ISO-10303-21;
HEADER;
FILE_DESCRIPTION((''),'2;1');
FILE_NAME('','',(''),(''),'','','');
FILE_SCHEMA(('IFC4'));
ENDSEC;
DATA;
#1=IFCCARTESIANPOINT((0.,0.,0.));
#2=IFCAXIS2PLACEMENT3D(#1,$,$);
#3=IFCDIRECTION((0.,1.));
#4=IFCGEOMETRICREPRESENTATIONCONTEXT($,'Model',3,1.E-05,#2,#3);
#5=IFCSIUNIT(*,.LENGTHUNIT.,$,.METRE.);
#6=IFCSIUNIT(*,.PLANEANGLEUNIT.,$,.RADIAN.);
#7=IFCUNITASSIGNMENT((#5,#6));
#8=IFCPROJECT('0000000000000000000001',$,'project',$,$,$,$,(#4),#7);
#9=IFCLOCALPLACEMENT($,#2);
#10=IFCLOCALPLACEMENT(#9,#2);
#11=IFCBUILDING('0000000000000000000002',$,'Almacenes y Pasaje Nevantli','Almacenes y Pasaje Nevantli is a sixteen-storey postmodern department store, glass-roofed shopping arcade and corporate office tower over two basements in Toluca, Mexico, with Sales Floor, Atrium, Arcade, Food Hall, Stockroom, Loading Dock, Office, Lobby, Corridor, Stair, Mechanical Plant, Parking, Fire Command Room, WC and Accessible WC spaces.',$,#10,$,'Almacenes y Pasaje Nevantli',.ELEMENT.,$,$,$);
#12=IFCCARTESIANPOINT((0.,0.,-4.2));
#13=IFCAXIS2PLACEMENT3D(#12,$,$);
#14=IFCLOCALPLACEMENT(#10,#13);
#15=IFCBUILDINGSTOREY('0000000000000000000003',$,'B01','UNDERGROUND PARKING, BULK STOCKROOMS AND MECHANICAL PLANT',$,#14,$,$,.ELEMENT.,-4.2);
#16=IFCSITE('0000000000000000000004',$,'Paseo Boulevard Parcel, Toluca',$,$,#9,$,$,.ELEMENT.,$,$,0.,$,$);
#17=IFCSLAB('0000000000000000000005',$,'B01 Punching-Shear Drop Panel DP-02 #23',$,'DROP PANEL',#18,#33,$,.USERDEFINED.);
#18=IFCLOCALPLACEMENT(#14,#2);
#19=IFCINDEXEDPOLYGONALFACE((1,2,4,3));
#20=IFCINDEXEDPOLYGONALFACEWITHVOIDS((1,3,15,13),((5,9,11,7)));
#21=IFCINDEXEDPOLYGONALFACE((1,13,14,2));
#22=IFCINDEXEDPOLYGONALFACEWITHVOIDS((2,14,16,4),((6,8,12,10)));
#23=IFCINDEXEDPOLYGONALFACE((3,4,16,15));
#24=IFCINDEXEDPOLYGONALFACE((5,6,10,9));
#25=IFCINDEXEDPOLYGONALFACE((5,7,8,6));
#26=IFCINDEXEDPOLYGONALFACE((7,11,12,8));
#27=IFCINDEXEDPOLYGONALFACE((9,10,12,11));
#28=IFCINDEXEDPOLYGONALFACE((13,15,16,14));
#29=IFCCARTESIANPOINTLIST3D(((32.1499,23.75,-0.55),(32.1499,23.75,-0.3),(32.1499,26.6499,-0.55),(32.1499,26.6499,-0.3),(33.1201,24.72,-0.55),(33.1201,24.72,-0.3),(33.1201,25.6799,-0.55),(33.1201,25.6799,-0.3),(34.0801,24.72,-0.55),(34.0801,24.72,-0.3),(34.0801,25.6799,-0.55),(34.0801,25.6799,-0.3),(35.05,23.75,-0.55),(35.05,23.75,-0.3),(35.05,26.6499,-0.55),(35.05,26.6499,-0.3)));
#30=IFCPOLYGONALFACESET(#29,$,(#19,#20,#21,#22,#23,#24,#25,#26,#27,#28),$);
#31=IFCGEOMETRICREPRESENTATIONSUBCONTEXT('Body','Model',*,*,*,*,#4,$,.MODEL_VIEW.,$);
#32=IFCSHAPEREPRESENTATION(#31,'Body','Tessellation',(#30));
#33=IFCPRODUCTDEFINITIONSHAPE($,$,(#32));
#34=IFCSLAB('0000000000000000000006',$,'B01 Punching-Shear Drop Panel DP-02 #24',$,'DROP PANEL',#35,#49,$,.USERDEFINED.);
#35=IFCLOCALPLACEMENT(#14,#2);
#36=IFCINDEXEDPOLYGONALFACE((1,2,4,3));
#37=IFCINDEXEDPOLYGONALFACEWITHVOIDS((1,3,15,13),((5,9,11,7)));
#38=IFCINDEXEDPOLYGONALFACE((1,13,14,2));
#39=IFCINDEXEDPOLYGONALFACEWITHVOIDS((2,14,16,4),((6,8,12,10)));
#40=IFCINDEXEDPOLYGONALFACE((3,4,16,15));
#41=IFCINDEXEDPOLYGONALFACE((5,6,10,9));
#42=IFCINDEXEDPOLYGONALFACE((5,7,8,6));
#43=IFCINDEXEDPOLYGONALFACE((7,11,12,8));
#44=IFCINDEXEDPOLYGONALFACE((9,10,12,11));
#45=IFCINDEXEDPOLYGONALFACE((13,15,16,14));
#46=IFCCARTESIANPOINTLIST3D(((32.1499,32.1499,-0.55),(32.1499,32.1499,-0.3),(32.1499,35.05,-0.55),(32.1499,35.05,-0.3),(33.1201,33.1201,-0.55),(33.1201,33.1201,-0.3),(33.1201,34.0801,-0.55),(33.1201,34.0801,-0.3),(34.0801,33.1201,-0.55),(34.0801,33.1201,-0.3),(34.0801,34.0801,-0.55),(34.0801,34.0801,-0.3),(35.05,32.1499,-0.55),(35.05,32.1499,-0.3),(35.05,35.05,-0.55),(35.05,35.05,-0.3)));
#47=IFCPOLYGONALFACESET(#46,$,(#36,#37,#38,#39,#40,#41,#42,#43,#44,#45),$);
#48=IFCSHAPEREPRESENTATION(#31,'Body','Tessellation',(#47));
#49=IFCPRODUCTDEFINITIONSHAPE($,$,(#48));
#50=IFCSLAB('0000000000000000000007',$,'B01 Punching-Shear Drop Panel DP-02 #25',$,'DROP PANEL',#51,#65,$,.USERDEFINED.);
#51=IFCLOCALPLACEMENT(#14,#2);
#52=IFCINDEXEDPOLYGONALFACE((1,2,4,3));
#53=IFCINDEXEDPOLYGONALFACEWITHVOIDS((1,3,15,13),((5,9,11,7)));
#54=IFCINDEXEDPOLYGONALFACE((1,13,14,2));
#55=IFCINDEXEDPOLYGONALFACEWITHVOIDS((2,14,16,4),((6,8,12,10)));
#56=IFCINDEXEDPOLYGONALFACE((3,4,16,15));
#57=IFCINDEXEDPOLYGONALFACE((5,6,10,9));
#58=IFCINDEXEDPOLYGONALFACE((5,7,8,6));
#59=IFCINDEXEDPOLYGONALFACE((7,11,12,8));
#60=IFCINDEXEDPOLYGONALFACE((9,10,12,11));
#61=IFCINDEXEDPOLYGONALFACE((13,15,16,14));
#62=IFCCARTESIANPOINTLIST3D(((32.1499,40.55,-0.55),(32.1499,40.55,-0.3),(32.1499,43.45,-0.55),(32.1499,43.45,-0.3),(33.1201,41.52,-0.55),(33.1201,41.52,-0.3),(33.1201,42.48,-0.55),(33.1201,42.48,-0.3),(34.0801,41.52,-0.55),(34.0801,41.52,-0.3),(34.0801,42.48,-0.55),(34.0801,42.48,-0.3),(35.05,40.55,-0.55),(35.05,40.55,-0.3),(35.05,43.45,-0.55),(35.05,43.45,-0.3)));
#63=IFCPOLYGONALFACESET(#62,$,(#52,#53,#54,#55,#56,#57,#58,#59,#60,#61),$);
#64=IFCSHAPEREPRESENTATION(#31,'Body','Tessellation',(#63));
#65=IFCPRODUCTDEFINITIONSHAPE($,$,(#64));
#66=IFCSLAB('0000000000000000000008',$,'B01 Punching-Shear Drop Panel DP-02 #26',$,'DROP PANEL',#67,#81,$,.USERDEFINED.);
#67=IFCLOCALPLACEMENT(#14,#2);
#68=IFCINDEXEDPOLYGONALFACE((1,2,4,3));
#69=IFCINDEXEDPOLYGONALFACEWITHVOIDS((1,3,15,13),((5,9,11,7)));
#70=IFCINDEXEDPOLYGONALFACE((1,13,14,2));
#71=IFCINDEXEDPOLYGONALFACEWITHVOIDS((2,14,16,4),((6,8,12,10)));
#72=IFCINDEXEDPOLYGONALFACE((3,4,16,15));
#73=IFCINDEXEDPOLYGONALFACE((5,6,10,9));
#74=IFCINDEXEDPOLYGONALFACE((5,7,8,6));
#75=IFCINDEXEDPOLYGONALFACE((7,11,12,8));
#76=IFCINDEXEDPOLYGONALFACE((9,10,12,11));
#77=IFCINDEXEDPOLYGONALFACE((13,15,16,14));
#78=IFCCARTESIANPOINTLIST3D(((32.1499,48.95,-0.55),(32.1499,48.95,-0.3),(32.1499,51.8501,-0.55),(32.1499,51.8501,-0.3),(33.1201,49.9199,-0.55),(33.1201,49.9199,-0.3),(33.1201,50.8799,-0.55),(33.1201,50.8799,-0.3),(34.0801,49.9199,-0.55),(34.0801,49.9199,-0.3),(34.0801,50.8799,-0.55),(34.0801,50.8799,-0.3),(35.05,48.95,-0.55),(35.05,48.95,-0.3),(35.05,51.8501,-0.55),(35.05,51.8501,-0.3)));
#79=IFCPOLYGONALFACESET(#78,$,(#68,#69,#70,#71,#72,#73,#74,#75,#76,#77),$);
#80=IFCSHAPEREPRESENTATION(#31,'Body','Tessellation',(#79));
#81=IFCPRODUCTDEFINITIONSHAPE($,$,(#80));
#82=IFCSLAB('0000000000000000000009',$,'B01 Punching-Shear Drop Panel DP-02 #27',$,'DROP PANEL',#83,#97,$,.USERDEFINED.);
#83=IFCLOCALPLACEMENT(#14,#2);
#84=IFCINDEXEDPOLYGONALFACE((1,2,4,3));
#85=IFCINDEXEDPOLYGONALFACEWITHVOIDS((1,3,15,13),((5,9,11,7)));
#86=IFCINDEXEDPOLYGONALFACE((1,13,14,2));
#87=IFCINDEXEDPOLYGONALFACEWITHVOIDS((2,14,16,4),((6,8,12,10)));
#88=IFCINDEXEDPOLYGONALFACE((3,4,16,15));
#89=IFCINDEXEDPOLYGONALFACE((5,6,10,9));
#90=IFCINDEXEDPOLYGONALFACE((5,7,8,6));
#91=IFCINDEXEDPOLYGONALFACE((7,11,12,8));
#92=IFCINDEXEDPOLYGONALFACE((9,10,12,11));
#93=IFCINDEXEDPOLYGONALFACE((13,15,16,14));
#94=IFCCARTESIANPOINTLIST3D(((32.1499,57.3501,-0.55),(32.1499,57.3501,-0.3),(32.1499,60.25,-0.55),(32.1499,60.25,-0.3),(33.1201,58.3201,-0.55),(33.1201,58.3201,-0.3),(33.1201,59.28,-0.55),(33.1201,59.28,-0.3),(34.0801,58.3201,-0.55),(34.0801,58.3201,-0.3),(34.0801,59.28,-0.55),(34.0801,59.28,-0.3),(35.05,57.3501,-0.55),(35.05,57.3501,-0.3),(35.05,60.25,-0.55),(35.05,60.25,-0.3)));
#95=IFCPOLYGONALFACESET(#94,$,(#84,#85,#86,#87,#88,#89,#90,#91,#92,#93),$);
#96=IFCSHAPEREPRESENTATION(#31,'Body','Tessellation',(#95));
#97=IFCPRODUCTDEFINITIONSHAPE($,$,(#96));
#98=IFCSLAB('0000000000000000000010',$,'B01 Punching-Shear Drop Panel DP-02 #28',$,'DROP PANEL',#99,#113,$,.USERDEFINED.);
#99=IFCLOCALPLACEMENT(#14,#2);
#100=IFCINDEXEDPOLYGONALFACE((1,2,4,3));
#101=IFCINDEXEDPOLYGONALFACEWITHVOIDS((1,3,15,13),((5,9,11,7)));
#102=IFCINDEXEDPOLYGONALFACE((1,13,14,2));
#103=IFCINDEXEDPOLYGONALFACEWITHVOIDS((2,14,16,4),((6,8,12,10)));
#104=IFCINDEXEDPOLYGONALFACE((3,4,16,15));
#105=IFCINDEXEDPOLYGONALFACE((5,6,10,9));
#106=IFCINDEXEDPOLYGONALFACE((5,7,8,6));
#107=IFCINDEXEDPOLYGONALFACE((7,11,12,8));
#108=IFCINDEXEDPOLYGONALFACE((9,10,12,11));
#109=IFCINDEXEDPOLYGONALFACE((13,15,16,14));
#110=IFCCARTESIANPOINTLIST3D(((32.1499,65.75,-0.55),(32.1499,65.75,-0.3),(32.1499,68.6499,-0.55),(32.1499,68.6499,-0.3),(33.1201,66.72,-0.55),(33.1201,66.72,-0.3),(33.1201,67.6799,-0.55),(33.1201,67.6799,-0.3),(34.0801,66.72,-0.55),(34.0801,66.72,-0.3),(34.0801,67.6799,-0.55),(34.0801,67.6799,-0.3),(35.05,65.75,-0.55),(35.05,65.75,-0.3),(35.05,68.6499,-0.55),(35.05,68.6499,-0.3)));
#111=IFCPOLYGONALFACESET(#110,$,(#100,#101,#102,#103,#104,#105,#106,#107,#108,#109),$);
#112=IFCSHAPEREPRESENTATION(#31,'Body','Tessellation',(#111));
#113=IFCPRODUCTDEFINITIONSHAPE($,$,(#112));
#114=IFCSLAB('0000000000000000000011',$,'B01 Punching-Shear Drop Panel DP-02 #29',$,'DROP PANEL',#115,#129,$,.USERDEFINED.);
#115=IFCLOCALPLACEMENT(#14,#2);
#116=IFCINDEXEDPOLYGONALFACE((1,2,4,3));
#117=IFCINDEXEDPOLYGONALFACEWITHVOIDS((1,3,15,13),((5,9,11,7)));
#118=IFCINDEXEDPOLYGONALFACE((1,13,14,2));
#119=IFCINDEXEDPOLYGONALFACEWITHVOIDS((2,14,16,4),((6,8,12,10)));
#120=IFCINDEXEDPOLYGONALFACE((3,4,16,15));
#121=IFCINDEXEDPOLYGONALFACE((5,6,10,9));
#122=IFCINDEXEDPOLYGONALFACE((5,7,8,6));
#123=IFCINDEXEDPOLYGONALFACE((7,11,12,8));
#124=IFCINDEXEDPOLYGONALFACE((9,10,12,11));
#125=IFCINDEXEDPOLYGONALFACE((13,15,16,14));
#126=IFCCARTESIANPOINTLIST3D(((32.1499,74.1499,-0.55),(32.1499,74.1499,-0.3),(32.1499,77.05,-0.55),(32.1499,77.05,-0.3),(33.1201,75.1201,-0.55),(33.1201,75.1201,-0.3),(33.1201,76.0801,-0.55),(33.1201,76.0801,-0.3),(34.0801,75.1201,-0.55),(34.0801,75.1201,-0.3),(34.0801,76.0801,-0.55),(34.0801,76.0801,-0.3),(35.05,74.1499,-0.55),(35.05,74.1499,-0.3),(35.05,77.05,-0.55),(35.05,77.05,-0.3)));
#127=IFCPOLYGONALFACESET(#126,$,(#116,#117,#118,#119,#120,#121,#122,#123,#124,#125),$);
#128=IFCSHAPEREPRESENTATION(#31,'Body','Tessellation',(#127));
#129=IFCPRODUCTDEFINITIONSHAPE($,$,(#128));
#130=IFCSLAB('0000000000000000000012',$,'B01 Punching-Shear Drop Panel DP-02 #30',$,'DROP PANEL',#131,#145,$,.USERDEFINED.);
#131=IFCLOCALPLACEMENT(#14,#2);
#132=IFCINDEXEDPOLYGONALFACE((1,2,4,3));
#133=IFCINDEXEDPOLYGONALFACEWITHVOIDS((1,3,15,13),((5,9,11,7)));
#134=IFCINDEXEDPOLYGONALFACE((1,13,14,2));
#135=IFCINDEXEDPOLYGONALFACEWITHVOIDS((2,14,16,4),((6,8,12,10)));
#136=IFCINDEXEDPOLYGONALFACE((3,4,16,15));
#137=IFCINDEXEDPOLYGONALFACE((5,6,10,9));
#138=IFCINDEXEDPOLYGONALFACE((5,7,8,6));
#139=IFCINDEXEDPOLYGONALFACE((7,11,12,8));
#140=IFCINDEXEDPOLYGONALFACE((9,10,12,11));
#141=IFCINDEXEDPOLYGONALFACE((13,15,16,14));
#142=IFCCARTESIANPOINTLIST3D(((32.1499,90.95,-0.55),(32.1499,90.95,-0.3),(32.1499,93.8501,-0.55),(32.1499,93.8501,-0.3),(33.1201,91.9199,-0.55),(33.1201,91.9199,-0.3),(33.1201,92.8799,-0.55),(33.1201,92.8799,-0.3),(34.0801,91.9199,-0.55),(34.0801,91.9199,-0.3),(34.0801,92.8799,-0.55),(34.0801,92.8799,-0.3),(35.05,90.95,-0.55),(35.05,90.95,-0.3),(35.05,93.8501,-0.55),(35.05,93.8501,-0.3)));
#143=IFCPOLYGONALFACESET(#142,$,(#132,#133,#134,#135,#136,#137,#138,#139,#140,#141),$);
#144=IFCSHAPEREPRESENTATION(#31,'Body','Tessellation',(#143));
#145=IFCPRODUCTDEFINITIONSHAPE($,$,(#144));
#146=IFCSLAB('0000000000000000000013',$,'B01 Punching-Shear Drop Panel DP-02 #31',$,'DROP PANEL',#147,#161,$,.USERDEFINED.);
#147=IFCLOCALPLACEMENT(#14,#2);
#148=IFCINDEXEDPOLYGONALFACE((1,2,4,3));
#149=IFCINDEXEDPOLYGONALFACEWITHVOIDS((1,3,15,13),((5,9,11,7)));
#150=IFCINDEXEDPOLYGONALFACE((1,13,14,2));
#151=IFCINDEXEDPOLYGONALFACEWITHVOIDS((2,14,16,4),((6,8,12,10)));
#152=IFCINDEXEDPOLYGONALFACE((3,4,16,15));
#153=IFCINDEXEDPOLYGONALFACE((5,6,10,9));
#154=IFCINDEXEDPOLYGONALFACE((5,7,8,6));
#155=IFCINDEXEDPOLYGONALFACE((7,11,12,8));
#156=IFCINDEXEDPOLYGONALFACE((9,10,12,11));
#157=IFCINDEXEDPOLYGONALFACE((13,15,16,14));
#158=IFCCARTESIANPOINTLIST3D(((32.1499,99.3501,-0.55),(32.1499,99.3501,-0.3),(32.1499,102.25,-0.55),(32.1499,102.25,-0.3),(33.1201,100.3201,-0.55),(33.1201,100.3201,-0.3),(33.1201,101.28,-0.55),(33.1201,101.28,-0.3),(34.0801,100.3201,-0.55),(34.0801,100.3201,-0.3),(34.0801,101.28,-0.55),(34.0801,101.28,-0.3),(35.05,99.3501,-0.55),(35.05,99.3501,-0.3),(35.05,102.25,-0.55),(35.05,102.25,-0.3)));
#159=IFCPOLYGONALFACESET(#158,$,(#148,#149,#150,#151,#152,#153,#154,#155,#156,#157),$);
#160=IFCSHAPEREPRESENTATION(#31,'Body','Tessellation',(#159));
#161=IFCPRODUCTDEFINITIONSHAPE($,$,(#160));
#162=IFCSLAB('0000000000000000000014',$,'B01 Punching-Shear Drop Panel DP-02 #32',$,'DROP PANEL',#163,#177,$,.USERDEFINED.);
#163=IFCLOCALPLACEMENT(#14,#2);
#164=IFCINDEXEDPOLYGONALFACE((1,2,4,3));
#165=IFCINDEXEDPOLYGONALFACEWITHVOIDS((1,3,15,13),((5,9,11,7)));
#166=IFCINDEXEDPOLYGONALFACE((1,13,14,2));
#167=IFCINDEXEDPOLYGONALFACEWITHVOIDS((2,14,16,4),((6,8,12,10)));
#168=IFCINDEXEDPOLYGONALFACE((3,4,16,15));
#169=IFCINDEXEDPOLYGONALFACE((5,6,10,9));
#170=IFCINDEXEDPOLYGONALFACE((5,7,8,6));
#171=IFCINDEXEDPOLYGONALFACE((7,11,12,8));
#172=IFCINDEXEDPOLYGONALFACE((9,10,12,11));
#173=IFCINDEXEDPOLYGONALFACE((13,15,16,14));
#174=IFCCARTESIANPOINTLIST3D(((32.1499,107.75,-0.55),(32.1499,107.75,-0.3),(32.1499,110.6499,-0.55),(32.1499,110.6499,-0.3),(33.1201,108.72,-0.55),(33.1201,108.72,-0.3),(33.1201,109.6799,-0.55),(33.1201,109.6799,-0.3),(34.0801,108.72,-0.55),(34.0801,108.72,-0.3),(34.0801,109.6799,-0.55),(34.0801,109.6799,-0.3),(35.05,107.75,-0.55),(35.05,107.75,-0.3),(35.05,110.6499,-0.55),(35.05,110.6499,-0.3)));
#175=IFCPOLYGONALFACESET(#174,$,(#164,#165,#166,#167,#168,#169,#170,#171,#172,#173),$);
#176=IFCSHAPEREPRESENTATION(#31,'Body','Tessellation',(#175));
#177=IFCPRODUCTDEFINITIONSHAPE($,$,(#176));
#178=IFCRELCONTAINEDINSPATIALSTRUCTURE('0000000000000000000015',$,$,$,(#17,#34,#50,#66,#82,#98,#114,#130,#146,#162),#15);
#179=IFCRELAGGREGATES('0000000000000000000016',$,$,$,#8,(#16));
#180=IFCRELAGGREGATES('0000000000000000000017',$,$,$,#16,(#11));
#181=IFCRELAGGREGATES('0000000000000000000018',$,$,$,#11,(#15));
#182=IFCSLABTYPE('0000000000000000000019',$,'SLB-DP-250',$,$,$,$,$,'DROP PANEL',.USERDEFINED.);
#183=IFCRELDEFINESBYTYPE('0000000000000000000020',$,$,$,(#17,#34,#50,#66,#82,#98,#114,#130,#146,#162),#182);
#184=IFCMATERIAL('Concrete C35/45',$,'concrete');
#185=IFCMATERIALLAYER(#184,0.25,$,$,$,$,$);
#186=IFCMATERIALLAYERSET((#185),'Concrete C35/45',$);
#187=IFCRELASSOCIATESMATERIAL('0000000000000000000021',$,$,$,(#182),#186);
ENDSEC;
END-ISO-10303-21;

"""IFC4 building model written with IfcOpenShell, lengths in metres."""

from ifc_helpers import new_model, si_unit, direction, frame, origin, place, context, subcontext, project, spatial, polyline, outline, extrude, material, layer, layer_set, type_object, element, save


model = new_model("IFC4")

# Units and contexts
model_context = context("Model", 3, precision=1e-05, world=origin(), true_north=direction((0.0, 1.0)))
body_context = subcontext(model_context, "Body", "Model", "MODEL_VIEW")
ifc_project = project(units=[si_unit("LENGTHUNIT", "METRE"), si_unit("PLANEANGLEUNIT", "RADIAN")], contexts=[model_context])

# Site, building, storey
site_placement = place(None, origin())
site = spatial("IfcSite", under=ifc_project, at=site_placement, Name="Paseo Boulevard Parcel, Toluca", CompositionType="ELEMENT", RefElevation=0.0)
building_placement = place(site_placement, origin())
building = spatial("IfcBuilding", under=site, at=building_placement, Name="Almacenes y Pasaje Nevantli", Description="Almacenes y Pasaje Nevantli is a sixteen-storey postmodern department store, glass-roofed shopping arcade and corporate office tower over two basements in Toluca, Mexico, with Sales Floor, Atrium, Arcade, Food Hall, Stockroom, Loading Dock, Office, Lobby, Corridor, Stair, Mechanical Plant, Parking, Fire Command Room, WC and Accessible WC spaces.", LongName="Almacenes y Pasaje Nevantli", CompositionType="ELEMENT")
storey_placement = place(building_placement, frame((0.0, 0.0, -4.2)))
storey = spatial("IfcBuildingStorey", under=building, at=storey_placement, Name="B01", Description="UNDERGROUND PARKING, BULK STOCKROOMS AND MECHANICAL PLANT", CompositionType="ELEMENT", Elevation=-4.2)

# Slabs
ifc_material = material(Name="Concrete C35/45", Category="concrete")
ifc_layer = layer(ifc_material, 0.25)
ifc_layer_set = layer_set([ifc_layer], Name="Concrete C35/45")
slab_type = type_object("IfcSlabType", Name="SLB-DP-250", ElementType="DROP PANEL", PredefinedType="USERDEFINED", material=ifc_layer_set)
slab_1_placement = place(storey_placement, frame((0.0, 0.0, -0.55)))
element("IfcSlab", 1, at=slab_1_placement, inside=storey, type_object=slab_type, Name="B01 Punching-Shear Drop Panel DP-02 #23", ObjectType="DROP PANEL", PredefinedType="USERDEFINED", context=body_context, shape_type="SweptSolid", body=[
    extrude(outline(polyline([(32.1499, 23.75), (35.05, 23.75), (35.05, 26.6499), (32.1499, 26.6499), (32.1499, 23.75)]), holes=[polyline([(33.1201, 24.72), (34.0801, 24.72), (34.0801, 25.6799), (33.1201, 25.6799), (33.1201, 24.72)])]), origin(), (0.0, 0.0, 1.0), 0.25),
])
slab_2_placement = place(storey_placement, frame((0.0, 0.0, -0.55)))
element("IfcSlab", 2, at=slab_2_placement, inside=storey, type_object=slab_type, Name="B01 Punching-Shear Drop Panel DP-02 #24", ObjectType="DROP PANEL", PredefinedType="USERDEFINED", context=body_context, shape_type="SweptSolid", body=[
    extrude(outline(polyline([(32.1499, 32.1499), (35.05, 32.1499), (35.05, 35.05), (32.1499, 35.05), (32.1499, 32.1499)]), holes=[polyline([(33.1201, 33.1201), (34.0801, 33.1201), (34.0801, 34.0801), (33.1201, 34.0801), (33.1201, 33.1201)])]), origin(), (0.0, 0.0, 1.0), 0.25),
])
slab_3_placement = place(storey_placement, frame((0.0, 0.0, -0.55)))
element("IfcSlab", 3, at=slab_3_placement, inside=storey, type_object=slab_type, Name="B01 Punching-Shear Drop Panel DP-02 #25", ObjectType="DROP PANEL", PredefinedType="USERDEFINED", context=body_context, shape_type="SweptSolid", body=[
    extrude(outline(polyline([(32.1499, 40.55), (35.05, 40.55), (35.05, 43.45), (32.1499, 43.45), (32.1499, 40.55)]), holes=[polyline([(33.1201, 41.52), (34.0801, 41.52), (34.0801, 42.48), (33.1201, 42.48), (33.1201, 41.52)])]), origin(), (0.0, 0.0, 1.0), 0.25),
])
slab_4_placement = place(storey_placement, frame((0.0, 0.0, -0.55)))
element("IfcSlab", 4, at=slab_4_placement, inside=storey, type_object=slab_type, Name="B01 Punching-Shear Drop Panel DP-02 #26", ObjectType="DROP PANEL", PredefinedType="USERDEFINED", context=body_context, shape_type="SweptSolid", body=[
    extrude(outline(polyline([(32.1499, 48.95), (35.05, 48.95), (35.05, 51.8501), (32.1499, 51.8501), (32.1499, 48.95)]), holes=[polyline([(33.1201, 49.9199), (34.0801, 49.9199), (34.0801, 50.8799), (33.1201, 50.8799), (33.1201, 49.9199)])]), origin(), (0.0, 0.0, 1.0), 0.25),
])
slab_5_placement = place(storey_placement, frame((0.0, 0.0, -0.55)))
element("IfcSlab", 5, at=slab_5_placement, inside=storey, type_object=slab_type, Name="B01 Punching-Shear Drop Panel DP-02 #27", ObjectType="DROP PANEL", PredefinedType="USERDEFINED", context=body_context, shape_type="SweptSolid", body=[
    extrude(outline(polyline([(32.1499, 57.3501), (35.05, 57.3501), (35.05, 60.25), (32.1499, 60.25), (32.1499, 57.3501)]), holes=[polyline([(33.1201, 58.3201), (34.0801, 58.3201), (34.0801, 59.28), (33.1201, 59.28), (33.1201, 58.3201)])]), origin(), (0.0, 0.0, 1.0), 0.25),
])
slab_6_placement = place(storey_placement, frame((0.0, 0.0, -0.55)))
element("IfcSlab", 6, at=slab_6_placement, inside=storey, type_object=slab_type, Name="B01 Punching-Shear Drop Panel DP-02 #28", ObjectType="DROP PANEL", PredefinedType="USERDEFINED", context=body_context, shape_type="SweptSolid", body=[
    extrude(outline(polyline([(32.1499, 65.75), (35.05, 65.75), (35.05, 68.6499), (32.1499, 68.6499), (32.1499, 65.75)]), holes=[polyline([(33.1201, 66.72), (34.0801, 66.72), (34.0801, 67.6799), (33.1201, 67.6799), (33.1201, 66.72)])]), origin(), (0.0, 0.0, 1.0), 0.25),
])
slab_7_placement = place(storey_placement, frame((0.0, 0.0, -0.55)))
element("IfcSlab", 7, at=slab_7_placement, inside=storey, type_object=slab_type, Name="B01 Punching-Shear Drop Panel DP-02 #29", ObjectType="DROP PANEL", PredefinedType="USERDEFINED", context=body_context, shape_type="SweptSolid", body=[
    extrude(outline(polyline([(32.1499, 74.1499), (35.05, 74.1499), (35.05, 77.05), (32.1499, 77.05), (32.1499, 74.1499)]), holes=[polyline([(33.1201, 75.1201), (34.0801, 75.1201), (34.0801, 76.0801), (33.1201, 76.0801), (33.1201, 75.1201)])]), origin(), (0.0, 0.0, 1.0), 0.25),
])
slab_8_placement = place(storey_placement, frame((0.0, 0.0, -0.55)))
element("IfcSlab", 8, at=slab_8_placement, inside=storey, type_object=slab_type, Name="B01 Punching-Shear Drop Panel DP-02 #30", ObjectType="DROP PANEL", PredefinedType="USERDEFINED", context=body_context, shape_type="SweptSolid", body=[
    extrude(outline(polyline([(32.1499, 90.95), (35.05, 90.95), (35.05, 93.8501), (32.1499, 93.8501), (32.1499, 90.95)]), holes=[polyline([(33.1201, 91.9199), (34.0801, 91.9199), (34.0801, 92.8799), (33.1201, 92.8799), (33.1201, 91.9199)])]), origin(), (0.0, 0.0, 1.0), 0.25),
])
slab_9_placement = place(storey_placement, frame((0.0, 0.0, -0.55)))
element("IfcSlab", 9, at=slab_9_placement, inside=storey, type_object=slab_type, Name="B01 Punching-Shear Drop Panel DP-02 #31", ObjectType="DROP PANEL", PredefinedType="USERDEFINED", context=body_context, shape_type="SweptSolid", body=[
    extrude(outline(polyline([(32.1499, 99.3501), (35.05, 99.3501), (35.05, 102.25), (32.1499, 102.25), (32.1499, 99.3501)]), holes=[polyline([(33.1201, 100.3201), (34.0801, 100.3201), (34.0801, 101.28), (33.1201, 101.28), (33.1201, 100.3201)])]), origin(), (0.0, 0.0, 1.0), 0.25),
])
slab_10_placement = place(storey_placement, frame((0.0, 0.0, -0.55)))
element("IfcSlab", 10, at=slab_10_placement, inside=storey, type_object=slab_type, Name="B01 Punching-Shear Drop Panel DP-02 #32", ObjectType="DROP PANEL", PredefinedType="USERDEFINED", context=body_context, shape_type="SweptSolid", body=[
    extrude(outline(polyline([(32.1499, 107.75), (35.05, 107.75), (35.05, 110.6499), (32.1499, 110.6499), (32.1499, 107.75)]), holes=[polyline([(33.1201, 108.72), (34.0801, 108.72), (34.0801, 109.6799), (33.1201, 109.6799), (33.1201, 108.72)])]), origin(), (0.0, 0.0, 1.0), 0.25),
])

save(model, "model.ifc")
